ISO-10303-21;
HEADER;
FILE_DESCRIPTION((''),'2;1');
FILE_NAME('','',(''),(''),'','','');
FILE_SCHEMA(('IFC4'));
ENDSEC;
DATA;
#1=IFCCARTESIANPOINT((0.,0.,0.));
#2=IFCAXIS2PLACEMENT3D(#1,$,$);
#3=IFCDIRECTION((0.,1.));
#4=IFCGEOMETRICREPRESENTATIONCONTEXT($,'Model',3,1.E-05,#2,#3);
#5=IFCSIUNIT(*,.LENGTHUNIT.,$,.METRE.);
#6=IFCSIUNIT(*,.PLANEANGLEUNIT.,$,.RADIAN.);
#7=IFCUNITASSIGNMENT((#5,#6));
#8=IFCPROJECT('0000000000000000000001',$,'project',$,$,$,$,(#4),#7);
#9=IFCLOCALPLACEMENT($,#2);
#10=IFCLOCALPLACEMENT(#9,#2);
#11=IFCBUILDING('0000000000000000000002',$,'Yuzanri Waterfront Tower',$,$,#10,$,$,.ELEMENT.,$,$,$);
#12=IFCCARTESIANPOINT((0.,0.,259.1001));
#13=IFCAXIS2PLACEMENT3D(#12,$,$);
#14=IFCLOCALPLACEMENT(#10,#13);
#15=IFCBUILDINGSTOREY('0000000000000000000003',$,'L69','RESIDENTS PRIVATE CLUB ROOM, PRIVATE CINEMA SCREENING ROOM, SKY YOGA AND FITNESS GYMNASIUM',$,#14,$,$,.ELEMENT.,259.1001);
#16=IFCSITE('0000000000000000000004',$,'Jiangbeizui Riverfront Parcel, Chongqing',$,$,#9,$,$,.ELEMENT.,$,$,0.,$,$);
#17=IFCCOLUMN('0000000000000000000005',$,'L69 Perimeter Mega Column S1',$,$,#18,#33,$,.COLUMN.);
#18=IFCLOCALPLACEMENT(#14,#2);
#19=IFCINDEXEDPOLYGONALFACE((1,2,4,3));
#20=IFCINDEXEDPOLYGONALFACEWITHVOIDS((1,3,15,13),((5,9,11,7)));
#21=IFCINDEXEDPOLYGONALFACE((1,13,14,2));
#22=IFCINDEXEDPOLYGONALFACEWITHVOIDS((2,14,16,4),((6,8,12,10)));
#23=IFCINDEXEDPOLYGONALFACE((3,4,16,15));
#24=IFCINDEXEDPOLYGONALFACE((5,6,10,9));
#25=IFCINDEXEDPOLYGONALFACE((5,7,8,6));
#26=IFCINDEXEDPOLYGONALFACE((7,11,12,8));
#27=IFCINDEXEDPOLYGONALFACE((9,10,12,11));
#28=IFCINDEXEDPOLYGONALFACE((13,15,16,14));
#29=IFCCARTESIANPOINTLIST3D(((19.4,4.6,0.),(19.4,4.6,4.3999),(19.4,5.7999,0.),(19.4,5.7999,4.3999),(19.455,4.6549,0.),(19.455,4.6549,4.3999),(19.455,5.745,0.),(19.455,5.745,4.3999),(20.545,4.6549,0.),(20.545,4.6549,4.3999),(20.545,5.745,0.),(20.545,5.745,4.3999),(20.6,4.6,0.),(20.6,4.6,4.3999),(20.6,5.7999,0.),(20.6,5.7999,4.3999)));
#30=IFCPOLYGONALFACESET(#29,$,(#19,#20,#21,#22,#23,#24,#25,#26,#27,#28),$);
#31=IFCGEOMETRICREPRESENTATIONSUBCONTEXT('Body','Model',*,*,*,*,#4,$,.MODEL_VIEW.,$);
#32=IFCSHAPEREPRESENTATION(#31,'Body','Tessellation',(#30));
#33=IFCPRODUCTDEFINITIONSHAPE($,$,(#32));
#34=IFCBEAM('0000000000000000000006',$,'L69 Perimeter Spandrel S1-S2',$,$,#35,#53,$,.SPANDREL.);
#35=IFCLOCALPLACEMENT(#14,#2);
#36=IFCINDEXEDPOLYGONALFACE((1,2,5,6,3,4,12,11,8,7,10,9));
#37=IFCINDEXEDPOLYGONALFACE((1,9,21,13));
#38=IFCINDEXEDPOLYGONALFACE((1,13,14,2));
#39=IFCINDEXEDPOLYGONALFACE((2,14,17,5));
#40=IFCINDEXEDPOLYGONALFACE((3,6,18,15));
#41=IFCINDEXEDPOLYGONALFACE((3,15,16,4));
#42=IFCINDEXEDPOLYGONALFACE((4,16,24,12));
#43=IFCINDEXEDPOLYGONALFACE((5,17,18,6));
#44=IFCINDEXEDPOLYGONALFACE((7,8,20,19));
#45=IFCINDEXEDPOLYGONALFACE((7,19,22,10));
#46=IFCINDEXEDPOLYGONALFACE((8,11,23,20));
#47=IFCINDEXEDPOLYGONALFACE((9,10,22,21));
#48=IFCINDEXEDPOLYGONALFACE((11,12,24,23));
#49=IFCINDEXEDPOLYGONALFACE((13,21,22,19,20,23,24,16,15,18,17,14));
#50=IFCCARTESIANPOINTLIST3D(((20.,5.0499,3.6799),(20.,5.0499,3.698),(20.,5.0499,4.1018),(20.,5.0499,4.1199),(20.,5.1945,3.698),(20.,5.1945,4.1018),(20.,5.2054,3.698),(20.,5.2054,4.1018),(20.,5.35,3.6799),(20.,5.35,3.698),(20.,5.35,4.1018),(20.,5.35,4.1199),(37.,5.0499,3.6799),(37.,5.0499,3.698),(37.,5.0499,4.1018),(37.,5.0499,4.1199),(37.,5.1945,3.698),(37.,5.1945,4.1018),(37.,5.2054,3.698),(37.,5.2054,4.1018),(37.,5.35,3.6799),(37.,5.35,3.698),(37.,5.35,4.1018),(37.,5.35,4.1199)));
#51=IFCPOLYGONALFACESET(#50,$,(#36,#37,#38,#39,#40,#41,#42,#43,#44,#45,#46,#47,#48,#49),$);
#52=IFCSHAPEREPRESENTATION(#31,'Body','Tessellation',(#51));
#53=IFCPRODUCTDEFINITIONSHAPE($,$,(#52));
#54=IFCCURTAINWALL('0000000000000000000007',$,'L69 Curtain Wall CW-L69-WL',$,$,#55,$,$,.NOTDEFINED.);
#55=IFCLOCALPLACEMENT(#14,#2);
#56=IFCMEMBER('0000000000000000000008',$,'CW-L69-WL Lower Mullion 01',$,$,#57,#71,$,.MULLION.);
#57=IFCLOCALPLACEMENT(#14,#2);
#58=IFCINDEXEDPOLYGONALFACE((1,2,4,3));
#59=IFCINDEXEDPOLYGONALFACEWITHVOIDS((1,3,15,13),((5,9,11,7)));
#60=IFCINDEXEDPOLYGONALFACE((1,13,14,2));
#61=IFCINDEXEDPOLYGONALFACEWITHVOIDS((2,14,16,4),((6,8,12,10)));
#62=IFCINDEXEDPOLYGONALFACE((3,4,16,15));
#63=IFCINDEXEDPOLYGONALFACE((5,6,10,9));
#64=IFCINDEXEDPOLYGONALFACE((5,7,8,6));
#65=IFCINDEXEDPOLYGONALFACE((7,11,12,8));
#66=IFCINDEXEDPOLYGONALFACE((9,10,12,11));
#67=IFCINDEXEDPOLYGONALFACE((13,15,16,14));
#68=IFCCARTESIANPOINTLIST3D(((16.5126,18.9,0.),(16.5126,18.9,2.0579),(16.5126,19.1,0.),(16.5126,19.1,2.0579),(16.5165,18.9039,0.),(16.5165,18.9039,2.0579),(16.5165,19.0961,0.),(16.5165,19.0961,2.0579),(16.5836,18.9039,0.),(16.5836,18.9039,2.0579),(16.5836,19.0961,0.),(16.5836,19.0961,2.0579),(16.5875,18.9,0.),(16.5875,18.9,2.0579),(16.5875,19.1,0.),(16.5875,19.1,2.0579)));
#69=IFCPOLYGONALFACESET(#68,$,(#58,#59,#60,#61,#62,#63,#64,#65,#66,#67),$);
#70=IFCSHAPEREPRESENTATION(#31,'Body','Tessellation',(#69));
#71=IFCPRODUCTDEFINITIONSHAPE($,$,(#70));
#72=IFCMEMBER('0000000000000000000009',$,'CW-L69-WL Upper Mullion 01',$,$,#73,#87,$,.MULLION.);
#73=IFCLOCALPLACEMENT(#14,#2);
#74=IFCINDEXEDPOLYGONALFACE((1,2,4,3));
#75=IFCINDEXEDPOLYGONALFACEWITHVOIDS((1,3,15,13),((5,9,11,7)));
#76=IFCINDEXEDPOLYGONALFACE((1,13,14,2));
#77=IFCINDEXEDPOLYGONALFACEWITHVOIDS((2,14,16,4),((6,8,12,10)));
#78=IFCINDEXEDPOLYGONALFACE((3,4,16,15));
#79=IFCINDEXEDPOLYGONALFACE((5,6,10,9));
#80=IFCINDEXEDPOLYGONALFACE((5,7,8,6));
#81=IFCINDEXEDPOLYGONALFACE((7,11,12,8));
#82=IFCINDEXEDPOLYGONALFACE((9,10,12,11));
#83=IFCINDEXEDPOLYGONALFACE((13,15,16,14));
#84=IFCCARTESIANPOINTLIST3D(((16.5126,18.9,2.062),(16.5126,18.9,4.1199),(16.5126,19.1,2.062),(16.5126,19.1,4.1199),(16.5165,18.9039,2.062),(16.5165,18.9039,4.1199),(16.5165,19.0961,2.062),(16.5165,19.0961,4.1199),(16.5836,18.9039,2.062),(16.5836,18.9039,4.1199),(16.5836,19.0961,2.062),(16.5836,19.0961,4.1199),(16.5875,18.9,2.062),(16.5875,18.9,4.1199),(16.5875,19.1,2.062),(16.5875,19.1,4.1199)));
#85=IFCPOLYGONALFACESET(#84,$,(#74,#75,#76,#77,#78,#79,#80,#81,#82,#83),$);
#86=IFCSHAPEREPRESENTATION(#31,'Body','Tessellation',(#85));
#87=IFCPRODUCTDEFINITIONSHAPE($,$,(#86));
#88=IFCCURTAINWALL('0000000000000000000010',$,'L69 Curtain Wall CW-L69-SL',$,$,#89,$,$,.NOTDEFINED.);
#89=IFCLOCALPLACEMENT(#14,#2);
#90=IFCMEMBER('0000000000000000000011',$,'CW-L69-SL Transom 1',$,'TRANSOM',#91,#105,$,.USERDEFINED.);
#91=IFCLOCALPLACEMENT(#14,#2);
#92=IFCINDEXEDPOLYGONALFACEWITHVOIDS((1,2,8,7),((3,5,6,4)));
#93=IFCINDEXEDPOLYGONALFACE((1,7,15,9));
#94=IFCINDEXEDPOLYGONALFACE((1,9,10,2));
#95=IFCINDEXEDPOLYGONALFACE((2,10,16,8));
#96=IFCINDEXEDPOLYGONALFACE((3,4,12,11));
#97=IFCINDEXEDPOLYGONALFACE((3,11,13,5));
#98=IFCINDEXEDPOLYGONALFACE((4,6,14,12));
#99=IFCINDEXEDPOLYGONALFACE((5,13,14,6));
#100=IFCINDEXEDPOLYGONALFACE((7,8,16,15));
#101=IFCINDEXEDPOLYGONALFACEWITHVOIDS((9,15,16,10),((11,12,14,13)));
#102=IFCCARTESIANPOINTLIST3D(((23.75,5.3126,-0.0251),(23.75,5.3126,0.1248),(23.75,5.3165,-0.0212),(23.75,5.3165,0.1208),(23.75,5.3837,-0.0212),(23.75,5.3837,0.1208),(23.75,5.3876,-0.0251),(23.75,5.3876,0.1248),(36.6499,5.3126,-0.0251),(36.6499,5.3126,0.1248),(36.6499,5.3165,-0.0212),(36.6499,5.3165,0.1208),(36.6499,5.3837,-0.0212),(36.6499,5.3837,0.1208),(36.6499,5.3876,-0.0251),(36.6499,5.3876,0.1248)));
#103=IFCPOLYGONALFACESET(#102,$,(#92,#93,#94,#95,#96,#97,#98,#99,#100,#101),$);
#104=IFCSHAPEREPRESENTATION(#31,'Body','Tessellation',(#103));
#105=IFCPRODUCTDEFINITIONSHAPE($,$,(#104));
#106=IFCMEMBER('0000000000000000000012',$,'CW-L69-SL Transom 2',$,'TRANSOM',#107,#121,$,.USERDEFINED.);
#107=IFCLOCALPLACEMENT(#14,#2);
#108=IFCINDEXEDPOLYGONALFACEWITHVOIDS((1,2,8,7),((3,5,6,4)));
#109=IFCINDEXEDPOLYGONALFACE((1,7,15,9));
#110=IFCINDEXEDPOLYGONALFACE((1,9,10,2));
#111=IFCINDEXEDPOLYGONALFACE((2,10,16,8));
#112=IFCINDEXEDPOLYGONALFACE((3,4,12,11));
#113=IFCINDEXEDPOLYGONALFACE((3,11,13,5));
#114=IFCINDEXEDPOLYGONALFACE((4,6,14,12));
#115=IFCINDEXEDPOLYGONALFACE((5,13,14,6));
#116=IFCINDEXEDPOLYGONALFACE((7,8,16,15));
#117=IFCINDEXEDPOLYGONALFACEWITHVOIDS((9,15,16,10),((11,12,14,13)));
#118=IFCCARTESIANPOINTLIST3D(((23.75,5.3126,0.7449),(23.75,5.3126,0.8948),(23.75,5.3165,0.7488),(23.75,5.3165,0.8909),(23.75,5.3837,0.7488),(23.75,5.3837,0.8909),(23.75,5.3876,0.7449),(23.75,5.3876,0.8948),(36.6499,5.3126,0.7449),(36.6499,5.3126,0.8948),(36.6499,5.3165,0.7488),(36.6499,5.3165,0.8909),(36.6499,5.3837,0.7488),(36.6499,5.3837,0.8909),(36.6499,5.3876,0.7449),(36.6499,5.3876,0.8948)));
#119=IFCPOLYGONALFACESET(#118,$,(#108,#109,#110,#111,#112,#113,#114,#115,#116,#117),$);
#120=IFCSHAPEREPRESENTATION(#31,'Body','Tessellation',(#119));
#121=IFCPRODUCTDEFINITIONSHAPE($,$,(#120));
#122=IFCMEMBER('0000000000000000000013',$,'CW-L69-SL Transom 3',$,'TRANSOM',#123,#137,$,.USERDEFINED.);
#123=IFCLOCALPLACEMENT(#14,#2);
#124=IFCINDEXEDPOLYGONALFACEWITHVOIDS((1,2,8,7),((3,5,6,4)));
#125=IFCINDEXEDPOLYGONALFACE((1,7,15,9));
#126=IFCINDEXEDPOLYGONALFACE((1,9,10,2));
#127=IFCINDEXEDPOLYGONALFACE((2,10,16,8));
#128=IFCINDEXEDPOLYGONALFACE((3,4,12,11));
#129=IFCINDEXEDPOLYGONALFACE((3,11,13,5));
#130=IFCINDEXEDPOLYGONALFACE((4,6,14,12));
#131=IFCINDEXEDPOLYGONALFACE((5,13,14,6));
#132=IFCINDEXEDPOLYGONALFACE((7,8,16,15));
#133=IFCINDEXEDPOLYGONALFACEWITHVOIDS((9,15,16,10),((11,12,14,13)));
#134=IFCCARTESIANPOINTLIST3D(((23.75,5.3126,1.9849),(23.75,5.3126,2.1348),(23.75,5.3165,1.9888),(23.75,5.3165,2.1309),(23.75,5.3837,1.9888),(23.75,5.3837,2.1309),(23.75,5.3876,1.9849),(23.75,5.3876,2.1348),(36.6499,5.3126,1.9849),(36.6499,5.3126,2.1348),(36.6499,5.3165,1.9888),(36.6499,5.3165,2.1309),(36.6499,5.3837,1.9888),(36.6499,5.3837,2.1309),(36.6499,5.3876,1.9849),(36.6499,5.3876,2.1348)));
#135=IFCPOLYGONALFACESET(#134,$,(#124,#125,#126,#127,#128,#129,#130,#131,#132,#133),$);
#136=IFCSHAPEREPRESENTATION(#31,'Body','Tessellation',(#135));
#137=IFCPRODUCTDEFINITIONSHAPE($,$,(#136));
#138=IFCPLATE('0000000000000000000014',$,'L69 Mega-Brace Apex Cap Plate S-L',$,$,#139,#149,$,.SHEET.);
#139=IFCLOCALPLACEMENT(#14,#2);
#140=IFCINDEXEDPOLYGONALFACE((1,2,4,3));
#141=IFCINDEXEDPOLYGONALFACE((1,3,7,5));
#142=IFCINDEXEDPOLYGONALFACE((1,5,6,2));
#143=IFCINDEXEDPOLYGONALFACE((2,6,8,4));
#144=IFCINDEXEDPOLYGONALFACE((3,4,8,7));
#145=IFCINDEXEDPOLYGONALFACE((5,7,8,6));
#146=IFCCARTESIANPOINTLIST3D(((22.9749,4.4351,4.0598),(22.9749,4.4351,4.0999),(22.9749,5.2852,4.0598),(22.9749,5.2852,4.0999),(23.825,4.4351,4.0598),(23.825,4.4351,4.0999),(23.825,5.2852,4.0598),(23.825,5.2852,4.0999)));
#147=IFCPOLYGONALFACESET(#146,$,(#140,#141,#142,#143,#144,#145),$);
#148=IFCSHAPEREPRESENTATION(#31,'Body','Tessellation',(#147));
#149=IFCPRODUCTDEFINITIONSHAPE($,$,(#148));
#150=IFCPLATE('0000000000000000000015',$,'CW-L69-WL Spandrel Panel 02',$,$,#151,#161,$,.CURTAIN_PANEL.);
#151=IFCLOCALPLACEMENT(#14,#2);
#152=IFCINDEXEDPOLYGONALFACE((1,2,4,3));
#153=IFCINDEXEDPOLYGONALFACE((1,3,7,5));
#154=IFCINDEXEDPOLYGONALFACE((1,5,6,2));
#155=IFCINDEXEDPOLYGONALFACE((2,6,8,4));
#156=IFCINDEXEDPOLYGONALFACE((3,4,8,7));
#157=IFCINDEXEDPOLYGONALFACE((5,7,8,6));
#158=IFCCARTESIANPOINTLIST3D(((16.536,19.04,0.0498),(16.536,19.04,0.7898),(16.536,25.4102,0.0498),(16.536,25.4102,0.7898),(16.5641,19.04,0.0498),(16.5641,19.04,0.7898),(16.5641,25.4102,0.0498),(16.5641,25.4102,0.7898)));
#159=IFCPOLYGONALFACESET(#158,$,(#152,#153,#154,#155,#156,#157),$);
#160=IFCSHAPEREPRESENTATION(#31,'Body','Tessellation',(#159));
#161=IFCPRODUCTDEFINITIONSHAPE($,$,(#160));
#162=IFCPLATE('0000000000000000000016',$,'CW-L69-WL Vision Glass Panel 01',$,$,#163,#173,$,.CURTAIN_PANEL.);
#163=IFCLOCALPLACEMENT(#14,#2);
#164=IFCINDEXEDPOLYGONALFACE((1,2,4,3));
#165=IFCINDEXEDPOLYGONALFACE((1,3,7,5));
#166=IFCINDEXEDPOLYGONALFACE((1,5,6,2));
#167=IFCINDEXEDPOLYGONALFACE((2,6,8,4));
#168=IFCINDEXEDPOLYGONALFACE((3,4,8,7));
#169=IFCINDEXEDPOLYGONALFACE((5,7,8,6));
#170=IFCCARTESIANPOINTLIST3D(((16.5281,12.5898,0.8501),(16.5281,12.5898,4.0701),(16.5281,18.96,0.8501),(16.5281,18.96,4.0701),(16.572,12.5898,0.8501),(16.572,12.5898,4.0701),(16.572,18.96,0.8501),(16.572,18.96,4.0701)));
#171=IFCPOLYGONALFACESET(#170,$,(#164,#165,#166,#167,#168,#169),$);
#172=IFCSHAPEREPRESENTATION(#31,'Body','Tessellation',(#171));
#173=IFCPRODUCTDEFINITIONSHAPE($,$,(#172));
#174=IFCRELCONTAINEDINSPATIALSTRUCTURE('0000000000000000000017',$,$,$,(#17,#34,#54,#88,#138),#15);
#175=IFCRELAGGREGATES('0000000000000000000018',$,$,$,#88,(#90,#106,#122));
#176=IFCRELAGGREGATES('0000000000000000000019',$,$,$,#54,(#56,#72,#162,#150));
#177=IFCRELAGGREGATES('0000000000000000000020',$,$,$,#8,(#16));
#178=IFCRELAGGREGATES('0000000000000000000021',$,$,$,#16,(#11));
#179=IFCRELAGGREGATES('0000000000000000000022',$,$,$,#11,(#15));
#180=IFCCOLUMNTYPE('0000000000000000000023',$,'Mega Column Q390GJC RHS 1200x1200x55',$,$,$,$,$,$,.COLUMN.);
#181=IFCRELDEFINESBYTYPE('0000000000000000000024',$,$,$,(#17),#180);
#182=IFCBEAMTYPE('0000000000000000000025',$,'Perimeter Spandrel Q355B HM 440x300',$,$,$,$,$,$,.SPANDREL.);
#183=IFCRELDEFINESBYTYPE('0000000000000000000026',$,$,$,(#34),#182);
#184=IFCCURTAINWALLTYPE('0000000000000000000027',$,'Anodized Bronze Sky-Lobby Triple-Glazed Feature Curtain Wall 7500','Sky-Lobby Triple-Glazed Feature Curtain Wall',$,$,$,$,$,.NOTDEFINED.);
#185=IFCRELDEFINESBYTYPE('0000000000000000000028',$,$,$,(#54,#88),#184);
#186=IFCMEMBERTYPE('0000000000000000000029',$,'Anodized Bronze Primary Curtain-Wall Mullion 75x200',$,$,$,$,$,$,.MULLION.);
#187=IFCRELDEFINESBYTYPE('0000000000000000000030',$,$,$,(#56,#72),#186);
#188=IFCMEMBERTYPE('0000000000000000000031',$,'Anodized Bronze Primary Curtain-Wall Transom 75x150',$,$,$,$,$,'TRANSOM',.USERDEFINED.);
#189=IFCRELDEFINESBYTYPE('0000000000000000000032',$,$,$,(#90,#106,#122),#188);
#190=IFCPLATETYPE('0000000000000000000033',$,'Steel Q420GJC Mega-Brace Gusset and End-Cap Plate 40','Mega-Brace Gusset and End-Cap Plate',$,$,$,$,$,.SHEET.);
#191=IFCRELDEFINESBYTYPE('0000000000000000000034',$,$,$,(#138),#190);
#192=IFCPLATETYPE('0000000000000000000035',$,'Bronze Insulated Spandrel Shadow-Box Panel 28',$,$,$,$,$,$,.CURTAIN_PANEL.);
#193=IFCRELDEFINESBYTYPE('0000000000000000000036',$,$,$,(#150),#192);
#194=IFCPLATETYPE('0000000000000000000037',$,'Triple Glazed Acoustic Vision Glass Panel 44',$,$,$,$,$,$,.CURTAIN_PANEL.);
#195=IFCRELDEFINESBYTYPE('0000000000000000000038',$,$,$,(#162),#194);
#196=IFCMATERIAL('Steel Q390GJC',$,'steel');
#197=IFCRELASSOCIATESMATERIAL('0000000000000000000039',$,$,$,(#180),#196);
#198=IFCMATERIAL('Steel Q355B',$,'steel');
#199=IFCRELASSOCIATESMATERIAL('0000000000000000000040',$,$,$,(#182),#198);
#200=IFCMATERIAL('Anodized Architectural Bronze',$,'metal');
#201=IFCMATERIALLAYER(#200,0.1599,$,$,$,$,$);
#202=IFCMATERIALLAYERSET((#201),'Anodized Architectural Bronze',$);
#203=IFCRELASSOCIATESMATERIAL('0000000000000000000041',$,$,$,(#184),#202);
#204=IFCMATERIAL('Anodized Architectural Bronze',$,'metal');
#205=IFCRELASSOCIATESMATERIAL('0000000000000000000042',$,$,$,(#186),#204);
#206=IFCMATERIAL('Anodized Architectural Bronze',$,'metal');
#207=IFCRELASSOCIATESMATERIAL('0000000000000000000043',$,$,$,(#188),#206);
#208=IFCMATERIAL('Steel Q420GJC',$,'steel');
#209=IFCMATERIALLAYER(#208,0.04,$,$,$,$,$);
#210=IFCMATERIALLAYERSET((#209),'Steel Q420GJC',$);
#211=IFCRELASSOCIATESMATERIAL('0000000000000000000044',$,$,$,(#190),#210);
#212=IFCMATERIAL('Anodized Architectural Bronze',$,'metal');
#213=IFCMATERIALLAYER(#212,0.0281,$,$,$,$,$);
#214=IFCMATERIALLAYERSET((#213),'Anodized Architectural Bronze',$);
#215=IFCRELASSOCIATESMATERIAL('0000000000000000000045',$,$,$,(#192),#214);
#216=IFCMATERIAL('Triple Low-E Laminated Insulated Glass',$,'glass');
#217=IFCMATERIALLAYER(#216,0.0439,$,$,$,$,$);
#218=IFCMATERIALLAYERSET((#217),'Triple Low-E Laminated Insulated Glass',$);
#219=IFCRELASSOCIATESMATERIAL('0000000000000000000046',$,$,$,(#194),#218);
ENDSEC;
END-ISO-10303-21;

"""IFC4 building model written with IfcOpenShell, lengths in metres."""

from ifc_helpers import new_model, si_unit, direction, frame, origin, origin_2d, place, context, subcontext, project, spatial, rectangle, hollow_rectangle, i_section, extrude, source, transform, mapped, material, layer, layer_set, material_profile, profile_set, type_object, element, aggregate, save


model = new_model("IFC4")

# Units and contexts
model_context = context("Model", 3, precision=1e-05, world=origin(), true_north=direction((0.0, 1.0)))
body_context = subcontext(model_context, "Body", "Model", "MODEL_VIEW")
ifc_project = project(units=[si_unit("LENGTHUNIT", "METRE"), si_unit("PLANEANGLEUNIT", "RADIAN")], contexts=[model_context])

# Site, building, storey
site_placement = place(None, origin())
site = spatial("IfcSite", under=ifc_project, at=site_placement, Name="Jiangbeizui Riverfront Parcel, Chongqing", CompositionType="ELEMENT", RefElevation=0.0)
building_placement = place(site_placement, origin())
building = spatial("IfcBuilding", under=site, at=building_placement, Name="Yuzanri Waterfront Tower", CompositionType="ELEMENT")
storey_placement = place(building_placement, frame((0.0, 0.0, 259.1001)))
storey = spatial("IfcBuildingStorey", under=building, at=storey_placement, Name="L69", Description="RESIDENTS PRIVATE CLUB ROOM, PRIVATE CINEMA SCREENING ROOM, SKY YOGA AND FITNESS GYMNASIUM", CompositionType="ELEMENT", Elevation=259.1001)

# Column
ifc_material_1 = material(Name="Steel Q390GJC", Category="steel")
ifc_material_profile_1 = material_profile(ifc_material_1, hollow_rectangle(XDim=1.2, YDim=1.2, WallThickness=0.0549, at=origin_2d()), Name="RHS 1200x1200x55")
ifc_profile_set_1 = profile_set([ifc_material_profile_1], Name="Steel Q390GJC")
column_type = type_object("IfcColumnType", Name="Mega Column Q390GJC RHS 1200x1200x55", PredefinedType="COLUMN", material=ifc_profile_set_1)
shared_shape_1 = source(origin(), body_context, "Body", "SweptSolid", [
    extrude(hollow_rectangle(XDim=1.2, YDim=1.2, WallThickness=0.0549, at=origin_2d()), origin(), (0.0, 0.0, 1.0), 4.3999),
])
column_placement = place(storey_placement, frame((20.0, 5.2, 0.0), z_axis=(0.0, 0.0, 1.0), x_axis=(1.0, 0.0, 0.0)))
element("IfcColumn", 1, at=column_placement, inside=storey, type_object=column_type, Name="L69 Perimeter Mega Column S1", PredefinedType="COLUMN", context=body_context, shape_type="MappedRepresentation", body=[
    mapped(shared_shape_1, transform((0.0, 0.0, 0.0), scale=1.0)),
])

# Beam
ifc_material_2 = material(Name="Steel Q355B", Category="steel")
ifc_material_profile_2 = material_profile(ifc_material_2, i_section(OverallWidth=0.3, OverallDepth=0.4399, WebThickness=0.011, FlangeThickness=0.0181, at=origin_2d()), Name="HM 440x300x11x18")
ifc_profile_set_2 = profile_set([ifc_material_profile_2], Name="Steel Q355B")
beam_type = type_object("IfcBeamType", Name="Perimeter Spandrel Q355B HM 440x300", PredefinedType="SPANDREL", material=ifc_profile_set_2)
shared_shape_2 = source(origin(), body_context, "Body", "SweptSolid", [
    extrude(i_section(OverallWidth=0.3, OverallDepth=0.4399, WebThickness=0.011, FlangeThickness=0.0181, at=origin_2d()), origin(), (0.0, 0.0, 1.0), 17.0),
])
beam_placement = place(storey_placement, frame((20.0, 5.2, 3.8999), z_axis=(1.0, 0.0, 0.0), x_axis=(0.0, 1.0, 0.0)))
element("IfcBeam", 2, at=beam_placement, inside=storey, type_object=beam_type, Name="L69 Perimeter Spandrel S1-S2", PredefinedType="SPANDREL", context=body_context, shape_type="MappedRepresentation", body=[
    mapped(shared_shape_2, transform((0.0, 0.0, 0.0), scale=1.0)),
])

# Curtain walls, members
ifc_material_3 = material(Name="Anodized Architectural Bronze", Category="metal")
ifc_layer_1 = layer(ifc_material_3, 0.1599)
ifc_layer_set_1 = layer_set([ifc_layer_1], Name="Anodized Architectural Bronze")
curtain_wall_type = type_object("IfcCurtainWallType", Name="Anodized Bronze Sky-Lobby Triple-Glazed Feature Curtain Wall 7500", Description="Sky-Lobby Triple-Glazed Feature Curtain Wall", PredefinedType="NOTDEFINED", material=ifc_layer_set_1)
curtain_wall_1_placement = place(storey_placement, origin())
curtain_wall_1 = element("IfcCurtainWall", 3, at=curtain_wall_1_placement, inside=storey, type_object=curtain_wall_type, Name="L69 Curtain Wall CW-L69-WL", PredefinedType="NOTDEFINED")
ifc_material_4 = material(Name="Anodized Architectural Bronze", Category="metal")
ifc_material_profile_3 = material_profile(ifc_material_4, hollow_rectangle(XDim=0.075, YDim=0.2, WallThickness=0.0039, at=origin_2d()), Name="CWM 75x200")
ifc_profile_set_3 = profile_set([ifc_material_profile_3], Name="Anodized Architectural Bronze")
member_type_1 = type_object("IfcMemberType", Name="Anodized Bronze Primary Curtain-Wall Mullion 75x200", PredefinedType="MULLION", material=ifc_profile_set_3)
shared_shape_3 = source(origin(), body_context, "Body", "SweptSolid", [
    extrude(hollow_rectangle(XDim=0.075, YDim=0.2, WallThickness=0.0039, at=origin_2d()), origin(), (0.0, 0.0, 1.0), 2.0579),
])
member_1_placement = place(storey_placement, frame((16.55, 19.0, 0.0), z_axis=(0.0, 0.0, 1.0), x_axis=(1.0, 0.0, 0.0)))
member_1 = element("IfcMember", 4, at=member_1_placement, type_object=member_type_1, Name="CW-L69-WL Lower Mullion 01", PredefinedType="MULLION", context=body_context, shape_type="MappedRepresentation", body=[
    mapped(shared_shape_3, transform((0.0, 0.0, 0.0), scale=1.0)),
])
member_2_placement = place(storey_placement, frame((16.55, 19.0, 2.062), z_axis=(0.0, 0.0, 1.0), x_axis=(1.0, 0.0, 0.0)))
member_2 = element("IfcMember", 5, at=member_2_placement, type_object=member_type_1, Name="CW-L69-WL Upper Mullion 01", PredefinedType="MULLION", context=body_context, shape_type="MappedRepresentation", body=[
    mapped(shared_shape_3, transform((0.0, 0.0, 0.0), scale=1.0)),
])
curtain_wall_2_placement = place(storey_placement, origin())
curtain_wall_2 = element("IfcCurtainWall", 6, at=curtain_wall_2_placement, inside=storey, type_object=curtain_wall_type, Name="L69 Curtain Wall CW-L69-SL", PredefinedType="NOTDEFINED")
ifc_material_5 = material(Name="Anodized Architectural Bronze", Category="metal")
ifc_material_profile_4 = material_profile(ifc_material_5, hollow_rectangle(XDim=0.075, YDim=0.1499, WallThickness=0.0039, at=origin_2d()), Name="CWT 75x150")
ifc_profile_set_4 = profile_set([ifc_material_profile_4], Name="Anodized Architectural Bronze")
member_type_2 = type_object("IfcMemberType", Name="Anodized Bronze Primary Curtain-Wall Transom 75x150", ElementType="TRANSOM", PredefinedType="USERDEFINED", material=ifc_profile_set_4)
shared_shape_4 = source(origin(), body_context, "Body", "SweptSolid", [
    extrude(hollow_rectangle(XDim=0.075, YDim=0.1499, WallThickness=0.0039, at=origin_2d()), origin(), (0.0, 0.0, 1.0), 12.8999),
])
member_3_placement = place(storey_placement, frame((23.75, 5.3501, 0.0498), z_axis=(1.0, 0.0, 0.0), x_axis=(0.0, 1.0, 0.0)))
member_3 = element("IfcMember", 7, at=member_3_placement, type_object=member_type_2, Name="CW-L69-SL Transom 1", ObjectType="TRANSOM", PredefinedType="USERDEFINED", context=body_context, shape_type="MappedRepresentation", body=[
    mapped(shared_shape_4, transform((0.0, 0.0, 0.0), scale=1.0)),
])
member_4_placement = place(storey_placement, frame((23.75, 5.3501, 0.8198), z_axis=(1.0, 0.0, 0.0), x_axis=(0.0, 1.0, 0.0)))
member_4 = element("IfcMember", 8, at=member_4_placement, type_object=member_type_2, Name="CW-L69-SL Transom 2", ObjectType="TRANSOM", PredefinedType="USERDEFINED", context=body_context, shape_type="MappedRepresentation", body=[
    mapped(shared_shape_4, transform((0.0, 0.0, 0.0), scale=1.0)),
])
member_5_placement = place(storey_placement, frame((23.75, 5.3501, 2.0598), z_axis=(1.0, 0.0, 0.0), x_axis=(0.0, 1.0, 0.0)))
member_5 = element("IfcMember", 9, at=member_5_placement, type_object=member_type_2, Name="CW-L69-SL Transom 3", ObjectType="TRANSOM", PredefinedType="USERDEFINED", context=body_context, shape_type="MappedRepresentation", body=[
    mapped(shared_shape_4, transform((0.0, 0.0, 0.0), scale=1.0)),
])
aggregate(curtain_wall_2, [member_3, member_4, member_5])

# Plates
ifc_material_6 = material(Name="Steel Q420GJC", Category="steel")
ifc_layer_2 = layer(ifc_material_6, 0.04)
ifc_layer_set_2 = layer_set([ifc_layer_2], Name="Steel Q420GJC")
plate_type_1 = type_object("IfcPlateType", Name="Steel Q420GJC Mega-Brace Gusset and End-Cap Plate 40", Description="Mega-Brace Gusset and End-Cap Plate", PredefinedType="SHEET", material=ifc_layer_set_2)
shared_shape_5 = source(origin(), body_context, "Body", "SweptSolid", [
    extrude(rectangle(XDim=0.8501, YDim=0.8501, at=origin_2d()), origin(), (0.0, 0.0, 1.0), 0.04),
])
plate_1_placement = place(storey_placement, frame((23.3999, 4.8601, 4.0598), z_axis=(0.0, 0.0, 1.0), x_axis=(1.0, 0.0, 0.0)))
element("IfcPlate", 10, at=plate_1_placement, inside=storey, type_object=plate_type_1, Name="L69 Mega-Brace Apex Cap Plate S-L", PredefinedType="SHEET", context=body_context, shape_type="MappedRepresentation", body=[
    mapped(shared_shape_5, transform((0.0, 0.0, 0.0), scale=1.0)),
])
ifc_material_7 = material(Name="Anodized Architectural Bronze", Category="metal")
ifc_layer_3 = layer(ifc_material_7, 0.0281)
ifc_layer_set_3 = layer_set([ifc_layer_3], Name="Anodized Architectural Bronze")
plate_type_2 = type_object("IfcPlateType", Name="Bronze Insulated Spandrel Shadow-Box Panel 28", PredefinedType="CURTAIN_PANEL", material=ifc_layer_set_3)
shared_shape_6 = source(origin(), body_context, "Body", "SweptSolid", [
    extrude(rectangle(XDim=6.3701, YDim=0.0281, at=origin_2d()), origin(), (0.0, 0.0, 1.0), 0.74),
])
plate_2_placement = place(storey_placement, frame((16.55, 22.2251, 0.0498), z_axis=(0.0, 0.0, 1.0), x_axis=(0.0, 1.0, 0.0)))
plate_2 = element("IfcPlate", 11, at=plate_2_placement, type_object=plate_type_2, Name="CW-L69-WL Spandrel Panel 02", PredefinedType="CURTAIN_PANEL", context=body_context, shape_type="MappedRepresentation", body=[
    mapped(shared_shape_6, transform((0.0, 0.0, 0.0), scale=1.0)),
])
ifc_material_8 = material(Name="Triple Low-E Laminated Insulated Glass", Category="glass")
ifc_layer_4 = layer(ifc_material_8, 0.0439)
ifc_layer_set_4 = layer_set([ifc_layer_4], Name="Triple Low-E Laminated Insulated Glass")
plate_type_3 = type_object("IfcPlateType", Name="Triple Glazed Acoustic Vision Glass Panel 44", PredefinedType="CURTAIN_PANEL", material=ifc_layer_set_4)
shared_shape_7 = source(origin(), body_context, "Body", "SweptSolid", [
    extrude(rectangle(XDim=6.3701, YDim=0.0439, at=origin_2d()), origin(), (0.0, 0.0, 1.0), 3.22),
])
plate_3_placement = place(storey_placement, frame((16.55, 15.7749, 0.8501), z_axis=(0.0, 0.0, 1.0), x_axis=(0.0, 1.0, 0.0)))
plate_3 = element("IfcPlate", 12, at=plate_3_placement, type_object=plate_type_3, Name="CW-L69-WL Vision Glass Panel 01", PredefinedType="CURTAIN_PANEL", context=body_context, shape_type="MappedRepresentation", body=[
    mapped(shared_shape_7, transform((0.0, 0.0, 0.0), scale=1.0)),
])
aggregate(curtain_wall_1, [member_1, member_2, plate_3, plate_2])

save(model, "model.ifc")
